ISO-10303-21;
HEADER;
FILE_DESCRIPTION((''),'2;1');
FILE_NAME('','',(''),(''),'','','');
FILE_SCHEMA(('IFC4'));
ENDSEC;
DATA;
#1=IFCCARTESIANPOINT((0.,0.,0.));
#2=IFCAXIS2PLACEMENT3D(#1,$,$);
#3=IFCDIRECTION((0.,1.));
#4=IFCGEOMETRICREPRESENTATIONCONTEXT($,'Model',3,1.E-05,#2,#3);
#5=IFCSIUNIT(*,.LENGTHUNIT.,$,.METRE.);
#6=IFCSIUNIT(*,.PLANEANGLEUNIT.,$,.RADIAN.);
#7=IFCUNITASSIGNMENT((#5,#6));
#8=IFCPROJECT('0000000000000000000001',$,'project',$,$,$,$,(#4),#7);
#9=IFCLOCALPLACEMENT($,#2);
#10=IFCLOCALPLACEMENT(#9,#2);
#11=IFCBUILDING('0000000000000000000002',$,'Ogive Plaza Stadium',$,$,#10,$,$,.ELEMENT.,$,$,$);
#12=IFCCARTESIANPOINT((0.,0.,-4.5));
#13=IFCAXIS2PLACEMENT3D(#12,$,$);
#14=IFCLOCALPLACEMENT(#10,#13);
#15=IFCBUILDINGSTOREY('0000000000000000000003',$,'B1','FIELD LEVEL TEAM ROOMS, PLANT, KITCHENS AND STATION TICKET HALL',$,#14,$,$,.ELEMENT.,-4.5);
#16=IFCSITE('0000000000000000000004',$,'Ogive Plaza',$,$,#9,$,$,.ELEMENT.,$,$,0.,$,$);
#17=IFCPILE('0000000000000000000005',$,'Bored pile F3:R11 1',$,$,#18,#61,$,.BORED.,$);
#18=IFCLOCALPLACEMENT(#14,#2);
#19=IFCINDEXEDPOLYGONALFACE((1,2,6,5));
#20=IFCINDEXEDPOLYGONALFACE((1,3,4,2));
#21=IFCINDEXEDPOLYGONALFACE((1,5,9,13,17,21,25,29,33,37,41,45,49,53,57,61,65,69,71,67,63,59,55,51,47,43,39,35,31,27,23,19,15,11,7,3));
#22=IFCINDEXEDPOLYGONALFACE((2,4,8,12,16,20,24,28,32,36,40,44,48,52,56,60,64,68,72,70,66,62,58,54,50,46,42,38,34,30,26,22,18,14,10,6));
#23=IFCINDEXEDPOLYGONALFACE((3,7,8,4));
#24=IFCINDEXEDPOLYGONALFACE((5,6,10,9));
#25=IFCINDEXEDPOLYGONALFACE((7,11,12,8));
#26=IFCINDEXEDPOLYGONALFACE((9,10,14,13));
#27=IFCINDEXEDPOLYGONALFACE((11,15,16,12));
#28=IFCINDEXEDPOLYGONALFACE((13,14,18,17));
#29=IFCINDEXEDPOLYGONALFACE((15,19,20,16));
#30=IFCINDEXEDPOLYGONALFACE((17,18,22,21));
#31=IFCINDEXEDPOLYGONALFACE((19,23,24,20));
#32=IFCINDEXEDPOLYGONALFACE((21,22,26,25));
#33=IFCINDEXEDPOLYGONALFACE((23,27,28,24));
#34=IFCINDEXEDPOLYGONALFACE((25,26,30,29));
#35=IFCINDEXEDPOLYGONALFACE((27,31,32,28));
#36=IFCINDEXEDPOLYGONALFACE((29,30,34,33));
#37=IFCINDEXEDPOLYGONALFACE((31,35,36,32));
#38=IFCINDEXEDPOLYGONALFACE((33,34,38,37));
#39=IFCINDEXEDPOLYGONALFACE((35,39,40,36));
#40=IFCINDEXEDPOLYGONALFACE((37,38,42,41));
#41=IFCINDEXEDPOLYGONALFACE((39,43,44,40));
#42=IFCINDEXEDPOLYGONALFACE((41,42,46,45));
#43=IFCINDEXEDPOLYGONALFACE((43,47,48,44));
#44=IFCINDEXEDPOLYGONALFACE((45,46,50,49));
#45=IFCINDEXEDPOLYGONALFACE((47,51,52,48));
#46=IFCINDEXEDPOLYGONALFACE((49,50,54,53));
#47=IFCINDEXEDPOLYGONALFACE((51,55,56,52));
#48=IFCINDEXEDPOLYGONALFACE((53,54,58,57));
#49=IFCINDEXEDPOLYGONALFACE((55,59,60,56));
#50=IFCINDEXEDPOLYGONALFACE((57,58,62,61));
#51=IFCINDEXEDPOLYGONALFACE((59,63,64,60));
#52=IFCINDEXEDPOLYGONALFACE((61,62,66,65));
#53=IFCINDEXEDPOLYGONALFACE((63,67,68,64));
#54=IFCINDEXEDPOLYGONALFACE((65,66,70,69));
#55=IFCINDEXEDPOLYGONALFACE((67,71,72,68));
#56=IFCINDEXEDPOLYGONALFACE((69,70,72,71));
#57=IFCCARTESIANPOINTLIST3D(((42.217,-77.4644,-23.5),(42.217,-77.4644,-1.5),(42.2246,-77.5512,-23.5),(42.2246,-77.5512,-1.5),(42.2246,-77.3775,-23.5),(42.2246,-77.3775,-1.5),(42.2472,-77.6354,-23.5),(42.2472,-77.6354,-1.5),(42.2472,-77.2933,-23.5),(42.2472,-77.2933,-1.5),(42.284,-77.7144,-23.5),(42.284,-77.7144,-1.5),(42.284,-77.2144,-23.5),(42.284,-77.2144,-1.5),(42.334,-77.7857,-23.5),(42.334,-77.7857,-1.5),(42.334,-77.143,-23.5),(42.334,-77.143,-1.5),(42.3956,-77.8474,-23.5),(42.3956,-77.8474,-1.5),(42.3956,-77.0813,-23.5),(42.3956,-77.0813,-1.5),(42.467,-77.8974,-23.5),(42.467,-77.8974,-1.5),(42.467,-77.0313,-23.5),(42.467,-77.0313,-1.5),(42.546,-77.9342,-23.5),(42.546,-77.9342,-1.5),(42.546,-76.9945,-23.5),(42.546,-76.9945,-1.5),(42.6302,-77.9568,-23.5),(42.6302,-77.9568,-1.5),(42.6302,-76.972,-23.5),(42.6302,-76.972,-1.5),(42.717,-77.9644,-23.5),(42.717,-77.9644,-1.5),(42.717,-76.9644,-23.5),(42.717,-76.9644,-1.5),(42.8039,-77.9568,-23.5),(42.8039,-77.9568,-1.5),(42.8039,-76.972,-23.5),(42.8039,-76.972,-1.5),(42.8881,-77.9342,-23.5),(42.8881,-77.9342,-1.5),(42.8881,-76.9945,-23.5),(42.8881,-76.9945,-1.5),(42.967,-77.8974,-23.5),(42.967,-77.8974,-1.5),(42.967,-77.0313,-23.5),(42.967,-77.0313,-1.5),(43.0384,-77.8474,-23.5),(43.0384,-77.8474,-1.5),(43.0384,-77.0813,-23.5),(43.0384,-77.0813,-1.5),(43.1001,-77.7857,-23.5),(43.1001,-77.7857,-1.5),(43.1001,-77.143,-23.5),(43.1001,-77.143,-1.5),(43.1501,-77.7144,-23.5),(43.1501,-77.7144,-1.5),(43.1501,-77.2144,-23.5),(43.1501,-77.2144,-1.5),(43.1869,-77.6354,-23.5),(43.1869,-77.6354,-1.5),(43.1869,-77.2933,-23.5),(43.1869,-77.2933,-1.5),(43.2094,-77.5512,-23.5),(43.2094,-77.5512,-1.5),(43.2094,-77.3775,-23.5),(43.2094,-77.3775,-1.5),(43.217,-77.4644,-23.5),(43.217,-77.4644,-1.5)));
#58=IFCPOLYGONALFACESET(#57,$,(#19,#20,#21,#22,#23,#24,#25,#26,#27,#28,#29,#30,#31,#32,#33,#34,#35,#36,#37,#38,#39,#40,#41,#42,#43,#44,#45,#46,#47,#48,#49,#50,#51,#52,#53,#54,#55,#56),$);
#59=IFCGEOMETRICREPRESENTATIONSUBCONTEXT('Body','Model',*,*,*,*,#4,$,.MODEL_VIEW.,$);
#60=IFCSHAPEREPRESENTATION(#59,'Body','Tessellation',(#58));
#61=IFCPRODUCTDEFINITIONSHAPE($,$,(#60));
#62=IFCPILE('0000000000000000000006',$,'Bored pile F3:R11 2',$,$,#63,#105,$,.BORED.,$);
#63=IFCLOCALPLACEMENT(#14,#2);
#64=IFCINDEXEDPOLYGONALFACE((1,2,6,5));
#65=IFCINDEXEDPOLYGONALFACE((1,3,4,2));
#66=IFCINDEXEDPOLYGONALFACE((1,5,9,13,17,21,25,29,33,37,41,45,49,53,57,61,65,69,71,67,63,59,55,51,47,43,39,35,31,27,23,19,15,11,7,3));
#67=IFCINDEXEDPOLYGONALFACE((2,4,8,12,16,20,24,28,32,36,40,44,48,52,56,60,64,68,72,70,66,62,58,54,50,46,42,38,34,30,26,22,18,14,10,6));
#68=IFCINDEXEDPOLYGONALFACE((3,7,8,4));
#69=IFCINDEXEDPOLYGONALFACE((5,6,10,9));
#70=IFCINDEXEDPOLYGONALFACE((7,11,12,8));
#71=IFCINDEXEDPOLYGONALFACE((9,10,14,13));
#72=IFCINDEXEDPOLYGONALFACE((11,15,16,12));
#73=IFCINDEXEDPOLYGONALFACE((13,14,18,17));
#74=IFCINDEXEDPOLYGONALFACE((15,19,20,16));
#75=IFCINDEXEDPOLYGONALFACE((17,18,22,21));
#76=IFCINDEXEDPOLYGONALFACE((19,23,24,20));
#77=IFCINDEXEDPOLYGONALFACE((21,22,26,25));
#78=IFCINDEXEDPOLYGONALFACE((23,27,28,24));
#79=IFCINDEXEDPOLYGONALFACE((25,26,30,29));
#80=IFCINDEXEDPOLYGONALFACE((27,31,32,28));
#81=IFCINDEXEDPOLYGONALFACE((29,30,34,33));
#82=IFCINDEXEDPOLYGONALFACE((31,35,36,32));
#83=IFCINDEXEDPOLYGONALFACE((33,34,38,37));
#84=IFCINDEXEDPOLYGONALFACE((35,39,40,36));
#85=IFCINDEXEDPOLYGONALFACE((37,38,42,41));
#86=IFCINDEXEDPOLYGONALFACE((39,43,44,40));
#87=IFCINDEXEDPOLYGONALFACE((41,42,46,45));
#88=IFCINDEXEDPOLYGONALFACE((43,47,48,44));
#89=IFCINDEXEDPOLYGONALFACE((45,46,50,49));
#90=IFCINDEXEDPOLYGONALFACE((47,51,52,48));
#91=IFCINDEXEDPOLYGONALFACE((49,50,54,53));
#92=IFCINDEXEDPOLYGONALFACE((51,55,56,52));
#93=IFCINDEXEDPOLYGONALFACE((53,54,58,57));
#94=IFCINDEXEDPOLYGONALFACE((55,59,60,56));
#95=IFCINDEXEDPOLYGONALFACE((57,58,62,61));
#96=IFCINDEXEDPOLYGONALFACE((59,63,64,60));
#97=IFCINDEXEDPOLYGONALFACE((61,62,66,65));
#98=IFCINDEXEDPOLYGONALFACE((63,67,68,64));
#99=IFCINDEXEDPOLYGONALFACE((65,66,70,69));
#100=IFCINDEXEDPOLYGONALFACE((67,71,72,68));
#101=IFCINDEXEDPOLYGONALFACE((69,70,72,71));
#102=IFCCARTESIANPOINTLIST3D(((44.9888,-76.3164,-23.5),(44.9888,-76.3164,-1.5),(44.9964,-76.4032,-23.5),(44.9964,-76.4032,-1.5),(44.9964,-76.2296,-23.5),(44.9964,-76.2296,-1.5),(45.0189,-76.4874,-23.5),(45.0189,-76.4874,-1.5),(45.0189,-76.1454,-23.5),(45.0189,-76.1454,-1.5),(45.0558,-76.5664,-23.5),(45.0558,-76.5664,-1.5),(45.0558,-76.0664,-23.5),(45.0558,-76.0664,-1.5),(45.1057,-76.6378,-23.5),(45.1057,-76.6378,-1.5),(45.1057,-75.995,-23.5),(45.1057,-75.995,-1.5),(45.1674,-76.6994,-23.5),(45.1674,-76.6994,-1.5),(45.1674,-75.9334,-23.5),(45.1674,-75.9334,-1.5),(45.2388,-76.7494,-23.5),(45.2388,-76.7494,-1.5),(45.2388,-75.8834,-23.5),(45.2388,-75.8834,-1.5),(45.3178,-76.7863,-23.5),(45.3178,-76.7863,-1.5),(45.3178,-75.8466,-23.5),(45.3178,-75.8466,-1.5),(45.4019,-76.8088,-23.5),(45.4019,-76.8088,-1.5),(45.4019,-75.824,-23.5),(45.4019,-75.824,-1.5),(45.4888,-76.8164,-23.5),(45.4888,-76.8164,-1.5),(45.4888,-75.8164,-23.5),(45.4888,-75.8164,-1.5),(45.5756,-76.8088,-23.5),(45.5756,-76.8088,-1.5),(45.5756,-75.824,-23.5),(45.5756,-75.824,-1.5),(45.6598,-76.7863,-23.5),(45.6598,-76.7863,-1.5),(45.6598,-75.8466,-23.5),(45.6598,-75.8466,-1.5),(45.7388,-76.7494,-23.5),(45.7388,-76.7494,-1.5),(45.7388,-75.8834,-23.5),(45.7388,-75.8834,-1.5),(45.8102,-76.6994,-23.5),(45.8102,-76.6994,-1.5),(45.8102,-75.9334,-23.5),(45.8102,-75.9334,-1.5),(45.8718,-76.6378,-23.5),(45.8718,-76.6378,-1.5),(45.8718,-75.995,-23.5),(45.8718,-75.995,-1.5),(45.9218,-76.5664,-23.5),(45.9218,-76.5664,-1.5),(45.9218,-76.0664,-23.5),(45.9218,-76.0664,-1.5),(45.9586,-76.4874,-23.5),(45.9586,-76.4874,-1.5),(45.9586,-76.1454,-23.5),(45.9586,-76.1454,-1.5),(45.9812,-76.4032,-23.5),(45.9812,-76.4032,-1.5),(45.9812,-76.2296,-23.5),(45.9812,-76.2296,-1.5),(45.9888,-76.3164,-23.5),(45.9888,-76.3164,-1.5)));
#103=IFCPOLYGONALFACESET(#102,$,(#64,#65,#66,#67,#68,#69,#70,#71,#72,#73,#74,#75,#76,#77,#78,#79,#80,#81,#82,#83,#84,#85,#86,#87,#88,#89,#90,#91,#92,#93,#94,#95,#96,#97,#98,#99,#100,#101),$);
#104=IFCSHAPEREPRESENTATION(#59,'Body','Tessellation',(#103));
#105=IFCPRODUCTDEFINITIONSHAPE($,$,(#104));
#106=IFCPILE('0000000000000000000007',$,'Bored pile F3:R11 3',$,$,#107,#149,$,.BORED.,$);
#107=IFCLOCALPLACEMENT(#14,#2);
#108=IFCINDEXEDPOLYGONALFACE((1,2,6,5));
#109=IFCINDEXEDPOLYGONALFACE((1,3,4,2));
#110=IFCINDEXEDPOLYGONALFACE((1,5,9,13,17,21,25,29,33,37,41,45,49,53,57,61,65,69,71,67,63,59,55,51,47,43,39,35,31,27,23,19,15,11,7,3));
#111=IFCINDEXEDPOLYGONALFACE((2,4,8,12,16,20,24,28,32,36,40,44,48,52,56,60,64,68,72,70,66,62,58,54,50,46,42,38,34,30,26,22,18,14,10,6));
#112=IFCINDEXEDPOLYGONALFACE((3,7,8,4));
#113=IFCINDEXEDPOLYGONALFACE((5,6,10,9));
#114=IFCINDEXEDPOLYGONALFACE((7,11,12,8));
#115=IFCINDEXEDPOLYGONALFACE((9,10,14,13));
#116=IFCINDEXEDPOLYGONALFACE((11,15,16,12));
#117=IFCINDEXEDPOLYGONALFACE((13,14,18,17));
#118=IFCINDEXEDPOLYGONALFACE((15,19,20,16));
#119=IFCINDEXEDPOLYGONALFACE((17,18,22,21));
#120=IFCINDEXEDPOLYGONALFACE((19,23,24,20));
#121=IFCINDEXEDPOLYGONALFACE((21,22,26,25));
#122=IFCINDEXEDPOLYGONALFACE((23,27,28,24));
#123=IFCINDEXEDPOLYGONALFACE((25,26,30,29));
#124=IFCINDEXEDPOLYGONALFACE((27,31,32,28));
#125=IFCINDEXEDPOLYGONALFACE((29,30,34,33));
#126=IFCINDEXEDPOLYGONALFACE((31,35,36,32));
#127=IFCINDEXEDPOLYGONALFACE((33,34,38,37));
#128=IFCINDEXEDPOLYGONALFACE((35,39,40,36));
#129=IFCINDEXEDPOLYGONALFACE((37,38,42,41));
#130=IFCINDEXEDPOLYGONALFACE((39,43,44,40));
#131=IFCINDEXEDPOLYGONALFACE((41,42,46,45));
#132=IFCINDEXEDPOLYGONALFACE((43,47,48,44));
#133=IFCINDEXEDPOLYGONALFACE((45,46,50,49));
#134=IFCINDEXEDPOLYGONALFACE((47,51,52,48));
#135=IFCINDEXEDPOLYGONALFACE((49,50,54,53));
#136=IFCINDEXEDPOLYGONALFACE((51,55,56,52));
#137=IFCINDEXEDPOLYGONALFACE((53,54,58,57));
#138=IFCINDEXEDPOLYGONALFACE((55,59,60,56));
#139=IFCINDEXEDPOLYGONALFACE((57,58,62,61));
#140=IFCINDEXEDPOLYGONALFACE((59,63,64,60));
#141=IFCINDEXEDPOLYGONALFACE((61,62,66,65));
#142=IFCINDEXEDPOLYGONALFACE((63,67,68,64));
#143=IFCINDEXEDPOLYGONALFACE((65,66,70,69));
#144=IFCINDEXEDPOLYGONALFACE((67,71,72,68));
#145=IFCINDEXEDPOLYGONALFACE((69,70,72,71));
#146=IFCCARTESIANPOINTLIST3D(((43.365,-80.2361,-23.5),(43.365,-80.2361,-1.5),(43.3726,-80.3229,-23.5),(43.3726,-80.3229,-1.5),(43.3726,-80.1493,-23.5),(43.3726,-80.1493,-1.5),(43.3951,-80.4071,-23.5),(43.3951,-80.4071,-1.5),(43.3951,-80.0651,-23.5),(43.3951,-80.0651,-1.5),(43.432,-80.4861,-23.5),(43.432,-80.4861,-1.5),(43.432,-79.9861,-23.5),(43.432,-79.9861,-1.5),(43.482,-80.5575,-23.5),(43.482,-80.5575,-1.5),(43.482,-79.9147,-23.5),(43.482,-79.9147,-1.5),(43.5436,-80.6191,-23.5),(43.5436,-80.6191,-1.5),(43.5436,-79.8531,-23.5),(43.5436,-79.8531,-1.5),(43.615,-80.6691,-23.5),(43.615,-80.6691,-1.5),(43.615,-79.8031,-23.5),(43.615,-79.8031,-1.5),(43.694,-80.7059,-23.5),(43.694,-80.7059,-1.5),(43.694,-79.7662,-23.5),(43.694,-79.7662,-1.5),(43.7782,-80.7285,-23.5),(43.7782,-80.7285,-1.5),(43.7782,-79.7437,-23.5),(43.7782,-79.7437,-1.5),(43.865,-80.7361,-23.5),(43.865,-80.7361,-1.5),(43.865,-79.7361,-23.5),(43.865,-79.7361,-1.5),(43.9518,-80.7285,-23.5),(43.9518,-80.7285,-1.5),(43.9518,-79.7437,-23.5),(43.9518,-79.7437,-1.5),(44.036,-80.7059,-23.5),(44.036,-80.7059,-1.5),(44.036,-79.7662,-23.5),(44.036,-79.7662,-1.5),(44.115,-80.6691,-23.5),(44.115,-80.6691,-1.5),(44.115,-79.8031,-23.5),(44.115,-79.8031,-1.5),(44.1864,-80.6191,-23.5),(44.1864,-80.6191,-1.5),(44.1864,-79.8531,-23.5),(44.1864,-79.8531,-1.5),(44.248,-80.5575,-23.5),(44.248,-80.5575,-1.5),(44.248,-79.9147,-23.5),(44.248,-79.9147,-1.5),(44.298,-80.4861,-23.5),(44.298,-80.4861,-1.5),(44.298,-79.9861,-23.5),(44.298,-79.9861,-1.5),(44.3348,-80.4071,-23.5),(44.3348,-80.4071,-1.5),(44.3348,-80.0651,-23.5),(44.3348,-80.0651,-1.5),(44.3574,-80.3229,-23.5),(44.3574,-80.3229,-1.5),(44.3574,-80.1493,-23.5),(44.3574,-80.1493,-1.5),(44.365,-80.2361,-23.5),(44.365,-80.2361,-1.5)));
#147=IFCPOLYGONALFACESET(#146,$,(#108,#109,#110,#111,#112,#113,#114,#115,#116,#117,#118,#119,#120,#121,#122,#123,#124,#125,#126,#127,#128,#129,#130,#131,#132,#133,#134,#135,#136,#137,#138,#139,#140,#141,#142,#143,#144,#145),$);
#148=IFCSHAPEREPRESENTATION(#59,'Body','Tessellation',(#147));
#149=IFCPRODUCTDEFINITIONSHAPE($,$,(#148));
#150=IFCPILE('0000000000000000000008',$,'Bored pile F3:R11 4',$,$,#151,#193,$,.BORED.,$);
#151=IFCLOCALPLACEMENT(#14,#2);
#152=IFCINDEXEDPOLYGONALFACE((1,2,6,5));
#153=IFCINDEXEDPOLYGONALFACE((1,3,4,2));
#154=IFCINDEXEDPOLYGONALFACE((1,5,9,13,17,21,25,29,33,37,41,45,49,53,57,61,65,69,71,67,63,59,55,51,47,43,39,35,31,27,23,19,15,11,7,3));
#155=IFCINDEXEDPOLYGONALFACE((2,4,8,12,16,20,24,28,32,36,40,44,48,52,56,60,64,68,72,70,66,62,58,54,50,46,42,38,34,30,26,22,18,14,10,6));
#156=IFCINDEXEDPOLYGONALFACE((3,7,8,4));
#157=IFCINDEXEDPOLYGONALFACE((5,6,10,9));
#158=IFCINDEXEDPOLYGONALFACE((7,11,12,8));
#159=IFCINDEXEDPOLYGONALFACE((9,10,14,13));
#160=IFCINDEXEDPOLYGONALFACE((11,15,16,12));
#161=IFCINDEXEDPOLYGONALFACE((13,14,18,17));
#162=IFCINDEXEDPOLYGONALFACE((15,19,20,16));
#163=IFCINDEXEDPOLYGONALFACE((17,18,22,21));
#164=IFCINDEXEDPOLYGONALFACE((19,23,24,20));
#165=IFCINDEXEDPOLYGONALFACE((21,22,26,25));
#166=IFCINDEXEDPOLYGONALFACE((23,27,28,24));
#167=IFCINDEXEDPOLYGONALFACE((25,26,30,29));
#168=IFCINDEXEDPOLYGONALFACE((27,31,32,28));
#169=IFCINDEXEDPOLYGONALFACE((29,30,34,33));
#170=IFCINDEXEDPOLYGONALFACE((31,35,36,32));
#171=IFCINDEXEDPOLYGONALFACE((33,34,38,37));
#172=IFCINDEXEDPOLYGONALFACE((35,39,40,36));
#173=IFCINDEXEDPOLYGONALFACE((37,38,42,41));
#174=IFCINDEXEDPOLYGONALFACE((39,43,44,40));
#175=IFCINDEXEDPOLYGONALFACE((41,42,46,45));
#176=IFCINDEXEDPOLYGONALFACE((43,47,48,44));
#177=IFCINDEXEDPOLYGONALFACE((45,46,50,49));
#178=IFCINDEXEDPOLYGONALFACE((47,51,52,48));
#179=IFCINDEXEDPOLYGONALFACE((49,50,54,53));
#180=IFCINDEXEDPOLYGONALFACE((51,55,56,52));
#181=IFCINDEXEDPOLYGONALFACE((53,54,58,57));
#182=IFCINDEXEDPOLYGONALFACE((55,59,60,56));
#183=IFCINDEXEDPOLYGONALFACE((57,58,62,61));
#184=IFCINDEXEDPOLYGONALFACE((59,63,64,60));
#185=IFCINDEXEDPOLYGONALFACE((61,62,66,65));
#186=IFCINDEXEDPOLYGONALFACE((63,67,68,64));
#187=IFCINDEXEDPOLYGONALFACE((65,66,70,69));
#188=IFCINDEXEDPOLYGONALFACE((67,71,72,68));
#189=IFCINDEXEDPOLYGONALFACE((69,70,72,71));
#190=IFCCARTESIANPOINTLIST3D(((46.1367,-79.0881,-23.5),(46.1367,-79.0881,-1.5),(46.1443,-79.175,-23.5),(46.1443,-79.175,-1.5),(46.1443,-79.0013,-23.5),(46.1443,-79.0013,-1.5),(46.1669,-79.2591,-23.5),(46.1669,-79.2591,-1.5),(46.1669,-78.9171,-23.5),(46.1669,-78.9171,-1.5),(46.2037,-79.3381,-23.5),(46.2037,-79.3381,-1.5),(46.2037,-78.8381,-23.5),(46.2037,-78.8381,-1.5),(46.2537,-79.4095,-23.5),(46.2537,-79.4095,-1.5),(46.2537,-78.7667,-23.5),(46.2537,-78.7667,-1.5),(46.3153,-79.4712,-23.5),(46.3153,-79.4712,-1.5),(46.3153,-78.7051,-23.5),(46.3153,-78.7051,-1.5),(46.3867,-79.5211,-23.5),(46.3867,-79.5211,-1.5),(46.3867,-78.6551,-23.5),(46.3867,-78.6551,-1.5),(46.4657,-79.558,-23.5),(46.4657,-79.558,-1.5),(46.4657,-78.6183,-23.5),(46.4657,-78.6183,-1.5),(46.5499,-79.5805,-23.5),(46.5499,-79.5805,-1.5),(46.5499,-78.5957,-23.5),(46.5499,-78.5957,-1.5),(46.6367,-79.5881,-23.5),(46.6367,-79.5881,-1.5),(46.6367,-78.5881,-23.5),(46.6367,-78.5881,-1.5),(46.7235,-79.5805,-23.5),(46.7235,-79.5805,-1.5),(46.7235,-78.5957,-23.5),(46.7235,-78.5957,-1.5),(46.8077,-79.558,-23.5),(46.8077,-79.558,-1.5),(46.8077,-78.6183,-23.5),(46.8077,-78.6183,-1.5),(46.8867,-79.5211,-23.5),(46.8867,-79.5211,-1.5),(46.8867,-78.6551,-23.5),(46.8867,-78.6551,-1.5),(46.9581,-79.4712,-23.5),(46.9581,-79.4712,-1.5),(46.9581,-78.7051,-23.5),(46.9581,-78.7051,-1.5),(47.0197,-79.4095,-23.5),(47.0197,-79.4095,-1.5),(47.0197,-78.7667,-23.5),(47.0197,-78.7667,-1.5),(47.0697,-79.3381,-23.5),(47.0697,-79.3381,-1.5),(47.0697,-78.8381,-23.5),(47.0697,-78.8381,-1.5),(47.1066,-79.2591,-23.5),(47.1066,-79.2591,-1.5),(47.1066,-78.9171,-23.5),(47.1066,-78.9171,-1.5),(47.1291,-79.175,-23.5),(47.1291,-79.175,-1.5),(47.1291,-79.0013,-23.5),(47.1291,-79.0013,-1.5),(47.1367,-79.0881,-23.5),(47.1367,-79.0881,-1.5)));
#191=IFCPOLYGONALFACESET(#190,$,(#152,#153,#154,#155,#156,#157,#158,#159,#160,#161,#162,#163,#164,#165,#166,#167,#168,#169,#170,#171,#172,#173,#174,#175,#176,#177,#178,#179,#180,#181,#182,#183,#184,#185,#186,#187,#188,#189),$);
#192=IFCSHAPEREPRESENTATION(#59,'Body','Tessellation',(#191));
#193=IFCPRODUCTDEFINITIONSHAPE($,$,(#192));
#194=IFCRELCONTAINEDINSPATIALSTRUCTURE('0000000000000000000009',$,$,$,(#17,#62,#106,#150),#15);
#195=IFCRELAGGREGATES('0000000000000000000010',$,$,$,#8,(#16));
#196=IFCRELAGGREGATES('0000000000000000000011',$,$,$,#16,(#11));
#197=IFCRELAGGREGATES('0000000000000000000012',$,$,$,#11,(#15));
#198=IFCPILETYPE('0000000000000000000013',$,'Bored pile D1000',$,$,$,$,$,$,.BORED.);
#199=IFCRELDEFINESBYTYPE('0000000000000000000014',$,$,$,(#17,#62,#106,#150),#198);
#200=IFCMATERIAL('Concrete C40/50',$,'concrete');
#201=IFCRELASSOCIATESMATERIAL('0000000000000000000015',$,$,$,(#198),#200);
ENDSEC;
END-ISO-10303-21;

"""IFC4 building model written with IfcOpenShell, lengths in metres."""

from ifc_helpers import new_model, si_unit, direction, frame, origin, origin_2d, place, context, subcontext, project, spatial, circle, extrude, material, material_profile, profile_set, type_object, element, save


model = new_model("IFC4")

# Units and contexts
model_context = context("Model", 3, precision=1e-05, world=origin(), true_north=direction((0.0, 1.0)))
body_context = subcontext(model_context, "Body", "Model", "MODEL_VIEW")
ifc_project = project(units=[si_unit("LENGTHUNIT", "METRE"), si_unit("PLANEANGLEUNIT", "RADIAN")], contexts=[model_context])

# Site, building, storey
site_placement = place(None, origin())
site = spatial("IfcSite", under=ifc_project, at=site_placement, Name="Ogive Plaza", CompositionType="ELEMENT", RefElevation=0.0)
building_placement = place(site_placement, origin())
building = spatial("IfcBuilding", under=site, at=building_placement, Name="Ogive Plaza Stadium", CompositionType="ELEMENT")
storey_placement = place(building_placement, frame((0.0, 0.0, -4.5)))
storey = spatial("IfcBuildingStorey", under=building, at=storey_placement, Name="B1", Description="FIELD LEVEL TEAM ROOMS, PLANT, KITCHENS AND STATION TICKET HALL", CompositionType="ELEMENT", Elevation=-4.5)

# Piles
ifc_material_1 = material(Name="Concrete C40/50", Category="concrete")
ifc_material_profile_1 = material_profile(ifc_material_1, circle(Radius=0.5, at=origin_2d()), Name="RC D1000")
ifc_profile_set_1 = profile_set([ifc_material_profile_1], Name="Concrete C40/50")
pile_type_1 = type_object("IfcPileType", Name="Bored pile D1000", PredefinedType="BORED", material=ifc_profile_set_1)
for number, where, z_axis, x_axis, name in (
    (1, (42.717, -77.4644, -1.5), (0.0, 0.0, -1.0), (1.0, 0.0, 0.0), "Bored pile F3:R11 1"),
    (2, (45.4888, -76.3164, -1.5), (0.0, 0.0, -1.0), (1.0, 0.0, 0.0), "Bored pile F3:R11 2"),
    (3, (43.865, -80.2361, -1.5), (0.0, 0.0, -1.0), (1.0, 0.0, 0.0), "Bored pile F3:R11 3"),
    (4, (46.6367, -79.0881, -1.5), (0.0, 0.0, -1.0), (1.0, 0.0, 0.0), "Bored pile F3:R11 4"),
):
    element("IfcPile", number, at=place(storey_placement, frame(where, z_axis=z_axis, x_axis=x_axis)), inside=storey, type_object=pile_type_1, Name=name, PredefinedType="BORED", context=body_context, shape_type="SweptSolid", body=[
        extrude(circle(Radius=0.5, at=origin_2d()), origin(), (0.0, 0.0, 1.0), 22.0),
    ])

save(model, "model.ifc")
